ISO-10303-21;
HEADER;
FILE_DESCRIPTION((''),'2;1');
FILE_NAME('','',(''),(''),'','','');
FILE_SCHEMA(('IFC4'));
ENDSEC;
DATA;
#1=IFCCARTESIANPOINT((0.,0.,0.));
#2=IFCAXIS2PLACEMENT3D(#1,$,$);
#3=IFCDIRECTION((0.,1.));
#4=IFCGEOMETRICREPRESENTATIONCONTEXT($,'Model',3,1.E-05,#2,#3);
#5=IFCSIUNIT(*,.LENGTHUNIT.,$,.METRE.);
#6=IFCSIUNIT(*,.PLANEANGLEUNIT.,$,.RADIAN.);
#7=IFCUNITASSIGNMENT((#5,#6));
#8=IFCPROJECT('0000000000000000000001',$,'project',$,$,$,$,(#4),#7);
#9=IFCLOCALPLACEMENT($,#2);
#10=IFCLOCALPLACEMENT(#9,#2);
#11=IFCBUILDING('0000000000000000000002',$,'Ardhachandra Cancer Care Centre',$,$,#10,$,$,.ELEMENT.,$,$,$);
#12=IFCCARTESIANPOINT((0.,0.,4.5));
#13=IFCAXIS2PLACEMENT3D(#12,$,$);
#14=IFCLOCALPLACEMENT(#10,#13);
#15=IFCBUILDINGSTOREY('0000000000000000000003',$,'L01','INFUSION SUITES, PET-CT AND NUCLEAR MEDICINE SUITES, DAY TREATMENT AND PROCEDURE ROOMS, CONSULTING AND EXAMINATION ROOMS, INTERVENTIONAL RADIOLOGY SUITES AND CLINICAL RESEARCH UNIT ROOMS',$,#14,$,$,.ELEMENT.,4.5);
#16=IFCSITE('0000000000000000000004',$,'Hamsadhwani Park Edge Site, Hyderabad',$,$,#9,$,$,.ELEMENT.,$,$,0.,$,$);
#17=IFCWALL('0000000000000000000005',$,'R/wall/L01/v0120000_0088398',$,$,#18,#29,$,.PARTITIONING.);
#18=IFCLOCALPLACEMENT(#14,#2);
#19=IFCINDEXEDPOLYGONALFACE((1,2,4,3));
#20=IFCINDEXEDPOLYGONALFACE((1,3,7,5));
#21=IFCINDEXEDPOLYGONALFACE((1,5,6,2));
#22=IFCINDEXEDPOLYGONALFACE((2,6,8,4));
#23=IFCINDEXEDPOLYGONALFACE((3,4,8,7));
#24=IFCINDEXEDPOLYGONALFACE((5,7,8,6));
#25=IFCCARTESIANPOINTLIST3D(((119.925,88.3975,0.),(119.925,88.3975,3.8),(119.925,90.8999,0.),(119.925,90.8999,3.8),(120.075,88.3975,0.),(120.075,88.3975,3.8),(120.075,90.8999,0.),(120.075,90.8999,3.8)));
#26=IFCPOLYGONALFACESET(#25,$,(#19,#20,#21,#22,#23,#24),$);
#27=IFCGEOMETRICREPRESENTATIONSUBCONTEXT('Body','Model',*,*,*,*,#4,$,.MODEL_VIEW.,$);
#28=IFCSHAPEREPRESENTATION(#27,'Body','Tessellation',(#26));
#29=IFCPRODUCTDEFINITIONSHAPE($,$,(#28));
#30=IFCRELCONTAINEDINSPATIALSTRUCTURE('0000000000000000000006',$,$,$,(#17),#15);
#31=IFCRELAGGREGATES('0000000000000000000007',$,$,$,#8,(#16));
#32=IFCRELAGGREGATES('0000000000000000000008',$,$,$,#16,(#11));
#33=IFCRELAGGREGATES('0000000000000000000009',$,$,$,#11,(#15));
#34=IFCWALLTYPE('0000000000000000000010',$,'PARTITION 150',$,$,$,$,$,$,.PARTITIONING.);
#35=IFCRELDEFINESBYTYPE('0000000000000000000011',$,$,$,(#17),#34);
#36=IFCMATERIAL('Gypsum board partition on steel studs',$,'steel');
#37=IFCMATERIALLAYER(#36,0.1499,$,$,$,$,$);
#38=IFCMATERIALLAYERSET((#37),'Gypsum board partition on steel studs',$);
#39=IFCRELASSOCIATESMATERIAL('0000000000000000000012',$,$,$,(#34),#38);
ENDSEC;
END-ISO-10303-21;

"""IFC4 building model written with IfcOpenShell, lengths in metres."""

from ifc_helpers import new_model, si_unit, direction, frame, frame_2d, origin, place, context, subcontext, project, spatial, rectangle, extrude, material, layer, layer_set, type_object, element, save


model = new_model("IFC4")

# Units and contexts
model_context = context("Model", 3, precision=1e-05, world=origin(), true_north=direction((0.0, 1.0)))
body_context = subcontext(model_context, "Body", "Model", "MODEL_VIEW")
ifc_project = project(units=[si_unit("LENGTHUNIT", "METRE"), si_unit("PLANEANGLEUNIT", "RADIAN")], contexts=[model_context])

# Site, building, storey
site_placement = place(None, origin())
site = spatial("IfcSite", under=ifc_project, at=site_placement, Name="Hamsadhwani Park Edge Site, Hyderabad", CompositionType="ELEMENT", RefElevation=0.0)
building_placement = place(site_placement, origin())
building = spatial("IfcBuilding", under=site, at=building_placement, Name="Ardhachandra Cancer Care Centre", CompositionType="ELEMENT")
storey_placement = place(building_placement, frame((0.0, 0.0, 4.5)))
storey = spatial("IfcBuildingStorey", under=building, at=storey_placement, Name="L01", Description="INFUSION SUITES, PET-CT AND NUCLEAR MEDICINE SUITES, DAY TREATMENT AND PROCEDURE ROOMS, CONSULTING AND EXAMINATION ROOMS, INTERVENTIONAL RADIOLOGY SUITES AND CLINICAL RESEARCH UNIT ROOMS", CompositionType="ELEMENT", Elevation=4.5)

# Wall
ifc_material_1 = material(Name="Gypsum board partition on steel studs", Category="steel")
ifc_layer_1 = layer(ifc_material_1, 0.1499)
ifc_layer_set_1 = layer_set([ifc_layer_1], Name="Gypsum board partition on steel studs")
wall_type_1 = type_object("IfcWallType", Name="PARTITION 150", PredefinedType="PARTITIONING", material=ifc_layer_set_1)
wall_1_placement = place(storey_placement, frame((120.0, 88.3975, 0.0), z_axis=(0.0, 0.0, 1.0), x_axis=(0.0, 1.0, 0.0)))
element("IfcWall", 1, at=wall_1_placement, inside=storey, type_object=wall_type_1, Name="R/wall/L01/v0120000_0088398", PredefinedType="PARTITIONING", context=body_context, shape_type="SweptSolid", body=[
    extrude(rectangle(XDim=2.5024, YDim=0.1499, at=frame_2d((1.2512, 0.0))), origin(), (0.0, 0.0, 1.0), 3.8),
])

save(model, "model.ifc")
